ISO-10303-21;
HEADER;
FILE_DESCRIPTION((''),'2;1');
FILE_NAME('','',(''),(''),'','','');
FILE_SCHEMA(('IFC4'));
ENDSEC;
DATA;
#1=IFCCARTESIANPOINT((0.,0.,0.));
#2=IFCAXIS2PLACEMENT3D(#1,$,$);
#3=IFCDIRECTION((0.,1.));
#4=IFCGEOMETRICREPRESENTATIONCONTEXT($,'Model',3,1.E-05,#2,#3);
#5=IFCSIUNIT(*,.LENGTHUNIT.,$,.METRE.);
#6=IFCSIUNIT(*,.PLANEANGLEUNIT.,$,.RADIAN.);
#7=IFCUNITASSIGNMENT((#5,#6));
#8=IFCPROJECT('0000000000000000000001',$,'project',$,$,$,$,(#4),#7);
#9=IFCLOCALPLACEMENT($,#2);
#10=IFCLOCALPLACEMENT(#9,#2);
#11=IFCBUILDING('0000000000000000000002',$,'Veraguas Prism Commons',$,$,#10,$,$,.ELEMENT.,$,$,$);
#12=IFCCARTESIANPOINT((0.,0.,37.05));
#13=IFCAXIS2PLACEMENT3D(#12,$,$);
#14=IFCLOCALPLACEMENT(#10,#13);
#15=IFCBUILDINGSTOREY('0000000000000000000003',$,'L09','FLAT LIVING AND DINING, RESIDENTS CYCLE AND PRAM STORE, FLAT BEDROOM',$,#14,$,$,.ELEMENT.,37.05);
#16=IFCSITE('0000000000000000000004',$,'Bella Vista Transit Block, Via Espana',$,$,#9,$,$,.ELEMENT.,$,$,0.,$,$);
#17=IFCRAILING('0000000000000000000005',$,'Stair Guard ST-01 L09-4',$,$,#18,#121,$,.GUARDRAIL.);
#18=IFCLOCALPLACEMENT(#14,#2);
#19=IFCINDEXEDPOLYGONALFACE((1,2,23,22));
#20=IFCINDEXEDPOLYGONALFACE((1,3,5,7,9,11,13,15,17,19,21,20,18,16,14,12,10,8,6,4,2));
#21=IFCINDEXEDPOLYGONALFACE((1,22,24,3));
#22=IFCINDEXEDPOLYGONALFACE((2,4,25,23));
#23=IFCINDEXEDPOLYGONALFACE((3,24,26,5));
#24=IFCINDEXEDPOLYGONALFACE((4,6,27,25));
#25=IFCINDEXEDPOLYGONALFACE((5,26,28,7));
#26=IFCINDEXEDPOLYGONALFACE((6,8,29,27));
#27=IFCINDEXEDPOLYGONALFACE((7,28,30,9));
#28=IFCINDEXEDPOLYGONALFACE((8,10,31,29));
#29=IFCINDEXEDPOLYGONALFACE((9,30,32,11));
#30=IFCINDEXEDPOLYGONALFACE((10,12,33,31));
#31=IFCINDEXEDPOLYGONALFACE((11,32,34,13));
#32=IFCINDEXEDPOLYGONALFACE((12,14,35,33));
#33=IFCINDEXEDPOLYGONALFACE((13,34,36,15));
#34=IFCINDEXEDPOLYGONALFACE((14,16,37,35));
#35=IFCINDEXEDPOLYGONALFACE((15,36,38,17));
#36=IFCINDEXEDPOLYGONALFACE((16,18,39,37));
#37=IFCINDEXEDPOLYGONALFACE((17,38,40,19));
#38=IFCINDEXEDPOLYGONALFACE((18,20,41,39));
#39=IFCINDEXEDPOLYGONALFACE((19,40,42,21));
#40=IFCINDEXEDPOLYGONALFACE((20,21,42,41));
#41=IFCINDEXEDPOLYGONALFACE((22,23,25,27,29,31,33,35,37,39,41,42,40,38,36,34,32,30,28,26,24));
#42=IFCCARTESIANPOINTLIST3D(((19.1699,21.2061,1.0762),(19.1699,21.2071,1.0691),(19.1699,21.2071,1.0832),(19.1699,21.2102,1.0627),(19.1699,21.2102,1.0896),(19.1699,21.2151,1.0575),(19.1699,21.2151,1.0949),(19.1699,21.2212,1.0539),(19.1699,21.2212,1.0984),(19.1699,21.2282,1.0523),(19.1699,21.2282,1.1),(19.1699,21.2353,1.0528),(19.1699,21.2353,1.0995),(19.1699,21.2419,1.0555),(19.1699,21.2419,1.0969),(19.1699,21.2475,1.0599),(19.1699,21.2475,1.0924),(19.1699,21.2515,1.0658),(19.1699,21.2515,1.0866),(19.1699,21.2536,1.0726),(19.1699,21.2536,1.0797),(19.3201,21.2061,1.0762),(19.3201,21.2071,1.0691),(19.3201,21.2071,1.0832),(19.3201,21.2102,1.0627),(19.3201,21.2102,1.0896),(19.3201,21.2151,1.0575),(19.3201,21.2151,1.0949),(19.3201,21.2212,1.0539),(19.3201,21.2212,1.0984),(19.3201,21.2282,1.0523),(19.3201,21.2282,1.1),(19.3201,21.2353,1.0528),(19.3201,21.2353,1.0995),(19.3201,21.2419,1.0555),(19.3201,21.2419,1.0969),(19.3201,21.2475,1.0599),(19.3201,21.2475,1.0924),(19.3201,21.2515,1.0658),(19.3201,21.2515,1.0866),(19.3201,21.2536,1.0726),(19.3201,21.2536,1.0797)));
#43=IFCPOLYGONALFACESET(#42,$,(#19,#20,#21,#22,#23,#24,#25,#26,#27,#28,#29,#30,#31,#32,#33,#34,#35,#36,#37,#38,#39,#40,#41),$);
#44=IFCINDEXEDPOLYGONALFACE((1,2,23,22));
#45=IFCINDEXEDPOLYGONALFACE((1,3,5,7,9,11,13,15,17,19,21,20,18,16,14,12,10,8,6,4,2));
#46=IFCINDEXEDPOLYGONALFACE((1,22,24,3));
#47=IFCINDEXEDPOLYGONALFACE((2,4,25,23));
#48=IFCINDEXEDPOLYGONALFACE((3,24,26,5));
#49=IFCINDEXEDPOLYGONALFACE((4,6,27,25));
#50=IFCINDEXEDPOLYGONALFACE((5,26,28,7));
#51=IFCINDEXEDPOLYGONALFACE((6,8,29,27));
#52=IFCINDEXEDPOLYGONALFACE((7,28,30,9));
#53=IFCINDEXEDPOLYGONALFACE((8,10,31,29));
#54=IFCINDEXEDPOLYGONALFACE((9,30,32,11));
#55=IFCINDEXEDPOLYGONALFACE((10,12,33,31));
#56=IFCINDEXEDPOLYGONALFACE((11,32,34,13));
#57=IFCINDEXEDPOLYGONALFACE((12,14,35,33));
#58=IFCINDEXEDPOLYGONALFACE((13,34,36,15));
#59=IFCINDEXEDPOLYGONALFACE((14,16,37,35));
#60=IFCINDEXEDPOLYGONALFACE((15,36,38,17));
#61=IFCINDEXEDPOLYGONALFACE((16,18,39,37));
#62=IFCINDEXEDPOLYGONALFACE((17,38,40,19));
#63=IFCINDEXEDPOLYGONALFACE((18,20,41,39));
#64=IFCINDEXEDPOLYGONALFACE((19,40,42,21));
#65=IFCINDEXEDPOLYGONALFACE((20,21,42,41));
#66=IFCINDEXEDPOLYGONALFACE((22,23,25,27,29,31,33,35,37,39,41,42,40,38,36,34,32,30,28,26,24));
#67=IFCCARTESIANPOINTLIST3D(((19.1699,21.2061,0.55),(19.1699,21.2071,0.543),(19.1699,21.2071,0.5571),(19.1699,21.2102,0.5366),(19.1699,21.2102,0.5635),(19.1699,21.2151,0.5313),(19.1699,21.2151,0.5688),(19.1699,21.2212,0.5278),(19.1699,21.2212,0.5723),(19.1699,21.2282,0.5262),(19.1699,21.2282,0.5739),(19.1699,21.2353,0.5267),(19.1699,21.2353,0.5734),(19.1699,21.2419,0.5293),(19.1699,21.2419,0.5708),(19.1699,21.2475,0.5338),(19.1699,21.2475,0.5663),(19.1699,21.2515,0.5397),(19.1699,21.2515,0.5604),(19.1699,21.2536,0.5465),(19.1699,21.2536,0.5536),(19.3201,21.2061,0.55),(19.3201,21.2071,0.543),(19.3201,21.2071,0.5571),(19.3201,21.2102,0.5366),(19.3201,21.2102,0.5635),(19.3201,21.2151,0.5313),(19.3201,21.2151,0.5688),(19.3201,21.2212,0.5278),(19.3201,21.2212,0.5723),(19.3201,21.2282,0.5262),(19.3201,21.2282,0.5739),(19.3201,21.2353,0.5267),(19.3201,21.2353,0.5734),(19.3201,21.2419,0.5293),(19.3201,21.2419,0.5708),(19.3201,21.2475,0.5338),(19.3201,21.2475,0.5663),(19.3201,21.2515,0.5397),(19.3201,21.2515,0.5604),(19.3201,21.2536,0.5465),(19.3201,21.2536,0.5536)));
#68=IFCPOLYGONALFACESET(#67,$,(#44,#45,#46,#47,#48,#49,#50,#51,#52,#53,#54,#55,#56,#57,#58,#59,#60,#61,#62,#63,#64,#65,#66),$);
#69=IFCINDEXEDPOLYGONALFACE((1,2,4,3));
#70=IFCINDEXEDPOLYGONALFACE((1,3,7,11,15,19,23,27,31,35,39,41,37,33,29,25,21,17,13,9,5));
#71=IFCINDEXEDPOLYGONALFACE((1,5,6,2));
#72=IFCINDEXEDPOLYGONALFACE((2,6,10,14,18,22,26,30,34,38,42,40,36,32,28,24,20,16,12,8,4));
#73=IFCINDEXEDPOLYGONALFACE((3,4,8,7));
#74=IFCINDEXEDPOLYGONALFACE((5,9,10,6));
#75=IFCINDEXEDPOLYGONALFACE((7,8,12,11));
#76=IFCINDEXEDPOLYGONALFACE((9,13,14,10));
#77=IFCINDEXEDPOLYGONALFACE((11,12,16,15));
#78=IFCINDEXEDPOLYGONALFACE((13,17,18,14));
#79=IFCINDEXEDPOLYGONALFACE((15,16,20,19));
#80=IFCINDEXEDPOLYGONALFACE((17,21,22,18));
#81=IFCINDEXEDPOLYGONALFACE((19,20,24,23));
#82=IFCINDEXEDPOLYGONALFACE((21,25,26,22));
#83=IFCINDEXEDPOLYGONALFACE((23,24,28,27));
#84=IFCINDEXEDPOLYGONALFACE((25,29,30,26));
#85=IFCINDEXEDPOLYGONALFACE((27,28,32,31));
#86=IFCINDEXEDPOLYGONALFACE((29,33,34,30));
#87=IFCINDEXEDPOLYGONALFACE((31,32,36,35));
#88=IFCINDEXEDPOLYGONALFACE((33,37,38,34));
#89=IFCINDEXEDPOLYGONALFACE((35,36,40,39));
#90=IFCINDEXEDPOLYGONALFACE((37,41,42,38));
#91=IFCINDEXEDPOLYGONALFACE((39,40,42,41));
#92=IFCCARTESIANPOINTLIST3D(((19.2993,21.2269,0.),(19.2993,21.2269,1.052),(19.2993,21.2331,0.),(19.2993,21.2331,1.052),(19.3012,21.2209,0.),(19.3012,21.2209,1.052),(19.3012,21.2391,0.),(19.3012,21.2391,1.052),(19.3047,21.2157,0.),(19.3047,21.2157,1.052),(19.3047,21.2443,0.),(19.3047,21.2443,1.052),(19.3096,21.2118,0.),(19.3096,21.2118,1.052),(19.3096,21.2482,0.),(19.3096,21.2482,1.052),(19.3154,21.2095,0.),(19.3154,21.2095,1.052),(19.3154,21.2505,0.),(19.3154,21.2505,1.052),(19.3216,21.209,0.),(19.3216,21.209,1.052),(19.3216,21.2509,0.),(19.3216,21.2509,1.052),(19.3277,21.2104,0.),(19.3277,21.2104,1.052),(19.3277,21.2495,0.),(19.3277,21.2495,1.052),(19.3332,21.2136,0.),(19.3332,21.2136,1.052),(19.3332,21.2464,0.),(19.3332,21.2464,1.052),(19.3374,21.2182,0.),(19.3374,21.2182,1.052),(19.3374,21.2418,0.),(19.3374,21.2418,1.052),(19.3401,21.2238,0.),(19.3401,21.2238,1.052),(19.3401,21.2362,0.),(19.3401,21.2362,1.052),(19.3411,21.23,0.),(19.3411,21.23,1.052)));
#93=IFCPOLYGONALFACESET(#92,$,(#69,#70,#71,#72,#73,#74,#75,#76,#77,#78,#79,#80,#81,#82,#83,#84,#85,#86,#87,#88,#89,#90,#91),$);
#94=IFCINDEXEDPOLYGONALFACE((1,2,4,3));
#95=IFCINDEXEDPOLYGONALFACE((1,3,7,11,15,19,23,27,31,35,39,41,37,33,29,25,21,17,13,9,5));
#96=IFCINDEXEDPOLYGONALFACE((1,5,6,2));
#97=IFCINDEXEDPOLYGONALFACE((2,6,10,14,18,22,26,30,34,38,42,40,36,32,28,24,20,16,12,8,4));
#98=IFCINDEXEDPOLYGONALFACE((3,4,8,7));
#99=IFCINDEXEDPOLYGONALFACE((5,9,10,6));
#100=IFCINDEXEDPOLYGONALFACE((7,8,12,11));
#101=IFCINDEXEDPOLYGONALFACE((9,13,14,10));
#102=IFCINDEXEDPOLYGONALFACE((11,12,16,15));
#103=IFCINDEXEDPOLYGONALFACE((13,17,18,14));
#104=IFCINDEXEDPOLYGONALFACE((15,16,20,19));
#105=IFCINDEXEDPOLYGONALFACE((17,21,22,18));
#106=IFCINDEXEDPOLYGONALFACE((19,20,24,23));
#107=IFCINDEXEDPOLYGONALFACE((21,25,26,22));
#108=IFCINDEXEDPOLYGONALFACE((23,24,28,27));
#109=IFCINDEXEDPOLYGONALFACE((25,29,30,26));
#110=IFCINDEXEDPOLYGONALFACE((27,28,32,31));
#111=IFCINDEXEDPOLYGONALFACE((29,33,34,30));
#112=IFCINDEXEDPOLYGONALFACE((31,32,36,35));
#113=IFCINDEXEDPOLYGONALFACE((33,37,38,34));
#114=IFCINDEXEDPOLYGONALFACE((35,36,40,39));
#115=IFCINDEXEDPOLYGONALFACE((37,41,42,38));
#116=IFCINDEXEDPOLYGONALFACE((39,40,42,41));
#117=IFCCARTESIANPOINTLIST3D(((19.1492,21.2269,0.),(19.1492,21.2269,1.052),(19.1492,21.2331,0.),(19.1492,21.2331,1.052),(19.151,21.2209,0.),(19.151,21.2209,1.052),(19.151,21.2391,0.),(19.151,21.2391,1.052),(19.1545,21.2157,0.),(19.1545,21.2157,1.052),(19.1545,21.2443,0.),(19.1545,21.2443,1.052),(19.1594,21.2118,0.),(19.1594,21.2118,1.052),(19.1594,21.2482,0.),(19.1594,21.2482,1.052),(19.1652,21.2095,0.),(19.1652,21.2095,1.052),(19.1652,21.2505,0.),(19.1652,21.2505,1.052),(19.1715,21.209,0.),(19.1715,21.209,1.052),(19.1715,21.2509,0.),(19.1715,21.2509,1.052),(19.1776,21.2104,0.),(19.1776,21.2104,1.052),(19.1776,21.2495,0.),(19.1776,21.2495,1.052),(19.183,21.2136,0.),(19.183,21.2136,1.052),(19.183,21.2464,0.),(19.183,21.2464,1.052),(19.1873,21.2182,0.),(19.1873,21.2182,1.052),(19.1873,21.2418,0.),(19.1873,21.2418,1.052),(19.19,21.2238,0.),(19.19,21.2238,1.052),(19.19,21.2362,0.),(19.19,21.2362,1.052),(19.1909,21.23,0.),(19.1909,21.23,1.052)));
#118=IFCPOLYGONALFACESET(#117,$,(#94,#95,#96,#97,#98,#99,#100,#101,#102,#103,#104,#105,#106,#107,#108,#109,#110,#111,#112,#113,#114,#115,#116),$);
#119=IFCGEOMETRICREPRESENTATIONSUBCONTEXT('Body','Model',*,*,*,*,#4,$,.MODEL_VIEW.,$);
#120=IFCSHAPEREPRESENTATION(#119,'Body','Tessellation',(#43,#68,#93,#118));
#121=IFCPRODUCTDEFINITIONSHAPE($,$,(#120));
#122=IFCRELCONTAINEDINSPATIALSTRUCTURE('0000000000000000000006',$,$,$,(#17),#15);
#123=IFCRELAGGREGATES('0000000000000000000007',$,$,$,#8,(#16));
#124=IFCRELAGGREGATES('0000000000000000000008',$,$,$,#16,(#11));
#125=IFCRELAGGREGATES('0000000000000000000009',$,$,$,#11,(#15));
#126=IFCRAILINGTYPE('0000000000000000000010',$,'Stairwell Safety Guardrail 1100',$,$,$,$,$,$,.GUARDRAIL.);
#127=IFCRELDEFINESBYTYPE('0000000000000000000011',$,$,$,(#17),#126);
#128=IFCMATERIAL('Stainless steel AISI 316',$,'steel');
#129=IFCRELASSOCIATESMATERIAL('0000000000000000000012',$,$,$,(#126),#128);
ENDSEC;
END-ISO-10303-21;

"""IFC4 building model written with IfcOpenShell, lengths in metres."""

from ifc_helpers import new_model, si_unit, direction, frame, origin, origin_2d, place, context, subcontext, project, spatial, circle, extrude, material, type_object, element, save


model = new_model("IFC4")

# Units and contexts
model_context = context("Model", 3, precision=1e-05, world=origin(), true_north=direction((0.0, 1.0)))
body_context = subcontext(model_context, "Body", "Model", "MODEL_VIEW")
ifc_project = project(units=[si_unit("LENGTHUNIT", "METRE"), si_unit("PLANEANGLEUNIT", "RADIAN")], contexts=[model_context])

# Site, building, storey
site_placement = place(None, origin())
site = spatial("IfcSite", under=ifc_project, at=site_placement, Name="Bella Vista Transit Block, Via Espana", CompositionType="ELEMENT", RefElevation=0.0)
building_placement = place(site_placement, origin())
building = spatial("IfcBuilding", under=site, at=building_placement, Name="Veraguas Prism Commons", CompositionType="ELEMENT")
storey_placement = place(building_placement, frame((0.0, 0.0, 37.05)))
storey = spatial("IfcBuildingStorey", under=building, at=storey_placement, Name="L09", Description="FLAT LIVING AND DINING, RESIDENTS CYCLE AND PRAM STORE, FLAT BEDROOM", CompositionType="ELEMENT", Elevation=37.05)

# Shared definitions
ifc_material_1 = material(Name="Stainless steel AISI 316", Category="steel")

# Railing
railing_type = type_object("IfcRailingType", Name="Stairwell Safety Guardrail 1100", PredefinedType="GUARDRAIL", material=ifc_material_1)
railing_placement = place(storey_placement, frame((19.3201, 21.23, 0.0)))
element("IfcRailing", 1, at=railing_placement, inside=storey, type_object=railing_type, Name="Stair Guard ST-01 L09-4", PredefinedType="GUARDRAIL", context=body_context, shape_type="SweptSolid", body=[
    extrude(circle(Radius=0.0239, at=origin_2d()), frame((0.0, 0.0, 1.0762), z_axis=(-1.0, 0.0, 0.0), x_axis=(0.0, -1.0, 0.0)), (0.0, 0.0, 1.0), 0.1501),
    extrude(circle(Radius=0.0239, at=origin_2d()), frame((0.0, 0.0, 0.55), z_axis=(-1.0, 0.0, 0.0), x_axis=(0.0, -1.0, 0.0)), (0.0, 0.0, 1.0), 0.1501),
    extrude(circle(Radius=0.021, at=origin_2d()), origin(), (0.0, 0.0, 1.0), 1.052),
    extrude(circle(Radius=0.021, at=origin_2d()), frame((-0.1501, 0.0, 0.0)), (0.0, 0.0, 1.0), 1.052),
])

save(model, "model.ifc")
